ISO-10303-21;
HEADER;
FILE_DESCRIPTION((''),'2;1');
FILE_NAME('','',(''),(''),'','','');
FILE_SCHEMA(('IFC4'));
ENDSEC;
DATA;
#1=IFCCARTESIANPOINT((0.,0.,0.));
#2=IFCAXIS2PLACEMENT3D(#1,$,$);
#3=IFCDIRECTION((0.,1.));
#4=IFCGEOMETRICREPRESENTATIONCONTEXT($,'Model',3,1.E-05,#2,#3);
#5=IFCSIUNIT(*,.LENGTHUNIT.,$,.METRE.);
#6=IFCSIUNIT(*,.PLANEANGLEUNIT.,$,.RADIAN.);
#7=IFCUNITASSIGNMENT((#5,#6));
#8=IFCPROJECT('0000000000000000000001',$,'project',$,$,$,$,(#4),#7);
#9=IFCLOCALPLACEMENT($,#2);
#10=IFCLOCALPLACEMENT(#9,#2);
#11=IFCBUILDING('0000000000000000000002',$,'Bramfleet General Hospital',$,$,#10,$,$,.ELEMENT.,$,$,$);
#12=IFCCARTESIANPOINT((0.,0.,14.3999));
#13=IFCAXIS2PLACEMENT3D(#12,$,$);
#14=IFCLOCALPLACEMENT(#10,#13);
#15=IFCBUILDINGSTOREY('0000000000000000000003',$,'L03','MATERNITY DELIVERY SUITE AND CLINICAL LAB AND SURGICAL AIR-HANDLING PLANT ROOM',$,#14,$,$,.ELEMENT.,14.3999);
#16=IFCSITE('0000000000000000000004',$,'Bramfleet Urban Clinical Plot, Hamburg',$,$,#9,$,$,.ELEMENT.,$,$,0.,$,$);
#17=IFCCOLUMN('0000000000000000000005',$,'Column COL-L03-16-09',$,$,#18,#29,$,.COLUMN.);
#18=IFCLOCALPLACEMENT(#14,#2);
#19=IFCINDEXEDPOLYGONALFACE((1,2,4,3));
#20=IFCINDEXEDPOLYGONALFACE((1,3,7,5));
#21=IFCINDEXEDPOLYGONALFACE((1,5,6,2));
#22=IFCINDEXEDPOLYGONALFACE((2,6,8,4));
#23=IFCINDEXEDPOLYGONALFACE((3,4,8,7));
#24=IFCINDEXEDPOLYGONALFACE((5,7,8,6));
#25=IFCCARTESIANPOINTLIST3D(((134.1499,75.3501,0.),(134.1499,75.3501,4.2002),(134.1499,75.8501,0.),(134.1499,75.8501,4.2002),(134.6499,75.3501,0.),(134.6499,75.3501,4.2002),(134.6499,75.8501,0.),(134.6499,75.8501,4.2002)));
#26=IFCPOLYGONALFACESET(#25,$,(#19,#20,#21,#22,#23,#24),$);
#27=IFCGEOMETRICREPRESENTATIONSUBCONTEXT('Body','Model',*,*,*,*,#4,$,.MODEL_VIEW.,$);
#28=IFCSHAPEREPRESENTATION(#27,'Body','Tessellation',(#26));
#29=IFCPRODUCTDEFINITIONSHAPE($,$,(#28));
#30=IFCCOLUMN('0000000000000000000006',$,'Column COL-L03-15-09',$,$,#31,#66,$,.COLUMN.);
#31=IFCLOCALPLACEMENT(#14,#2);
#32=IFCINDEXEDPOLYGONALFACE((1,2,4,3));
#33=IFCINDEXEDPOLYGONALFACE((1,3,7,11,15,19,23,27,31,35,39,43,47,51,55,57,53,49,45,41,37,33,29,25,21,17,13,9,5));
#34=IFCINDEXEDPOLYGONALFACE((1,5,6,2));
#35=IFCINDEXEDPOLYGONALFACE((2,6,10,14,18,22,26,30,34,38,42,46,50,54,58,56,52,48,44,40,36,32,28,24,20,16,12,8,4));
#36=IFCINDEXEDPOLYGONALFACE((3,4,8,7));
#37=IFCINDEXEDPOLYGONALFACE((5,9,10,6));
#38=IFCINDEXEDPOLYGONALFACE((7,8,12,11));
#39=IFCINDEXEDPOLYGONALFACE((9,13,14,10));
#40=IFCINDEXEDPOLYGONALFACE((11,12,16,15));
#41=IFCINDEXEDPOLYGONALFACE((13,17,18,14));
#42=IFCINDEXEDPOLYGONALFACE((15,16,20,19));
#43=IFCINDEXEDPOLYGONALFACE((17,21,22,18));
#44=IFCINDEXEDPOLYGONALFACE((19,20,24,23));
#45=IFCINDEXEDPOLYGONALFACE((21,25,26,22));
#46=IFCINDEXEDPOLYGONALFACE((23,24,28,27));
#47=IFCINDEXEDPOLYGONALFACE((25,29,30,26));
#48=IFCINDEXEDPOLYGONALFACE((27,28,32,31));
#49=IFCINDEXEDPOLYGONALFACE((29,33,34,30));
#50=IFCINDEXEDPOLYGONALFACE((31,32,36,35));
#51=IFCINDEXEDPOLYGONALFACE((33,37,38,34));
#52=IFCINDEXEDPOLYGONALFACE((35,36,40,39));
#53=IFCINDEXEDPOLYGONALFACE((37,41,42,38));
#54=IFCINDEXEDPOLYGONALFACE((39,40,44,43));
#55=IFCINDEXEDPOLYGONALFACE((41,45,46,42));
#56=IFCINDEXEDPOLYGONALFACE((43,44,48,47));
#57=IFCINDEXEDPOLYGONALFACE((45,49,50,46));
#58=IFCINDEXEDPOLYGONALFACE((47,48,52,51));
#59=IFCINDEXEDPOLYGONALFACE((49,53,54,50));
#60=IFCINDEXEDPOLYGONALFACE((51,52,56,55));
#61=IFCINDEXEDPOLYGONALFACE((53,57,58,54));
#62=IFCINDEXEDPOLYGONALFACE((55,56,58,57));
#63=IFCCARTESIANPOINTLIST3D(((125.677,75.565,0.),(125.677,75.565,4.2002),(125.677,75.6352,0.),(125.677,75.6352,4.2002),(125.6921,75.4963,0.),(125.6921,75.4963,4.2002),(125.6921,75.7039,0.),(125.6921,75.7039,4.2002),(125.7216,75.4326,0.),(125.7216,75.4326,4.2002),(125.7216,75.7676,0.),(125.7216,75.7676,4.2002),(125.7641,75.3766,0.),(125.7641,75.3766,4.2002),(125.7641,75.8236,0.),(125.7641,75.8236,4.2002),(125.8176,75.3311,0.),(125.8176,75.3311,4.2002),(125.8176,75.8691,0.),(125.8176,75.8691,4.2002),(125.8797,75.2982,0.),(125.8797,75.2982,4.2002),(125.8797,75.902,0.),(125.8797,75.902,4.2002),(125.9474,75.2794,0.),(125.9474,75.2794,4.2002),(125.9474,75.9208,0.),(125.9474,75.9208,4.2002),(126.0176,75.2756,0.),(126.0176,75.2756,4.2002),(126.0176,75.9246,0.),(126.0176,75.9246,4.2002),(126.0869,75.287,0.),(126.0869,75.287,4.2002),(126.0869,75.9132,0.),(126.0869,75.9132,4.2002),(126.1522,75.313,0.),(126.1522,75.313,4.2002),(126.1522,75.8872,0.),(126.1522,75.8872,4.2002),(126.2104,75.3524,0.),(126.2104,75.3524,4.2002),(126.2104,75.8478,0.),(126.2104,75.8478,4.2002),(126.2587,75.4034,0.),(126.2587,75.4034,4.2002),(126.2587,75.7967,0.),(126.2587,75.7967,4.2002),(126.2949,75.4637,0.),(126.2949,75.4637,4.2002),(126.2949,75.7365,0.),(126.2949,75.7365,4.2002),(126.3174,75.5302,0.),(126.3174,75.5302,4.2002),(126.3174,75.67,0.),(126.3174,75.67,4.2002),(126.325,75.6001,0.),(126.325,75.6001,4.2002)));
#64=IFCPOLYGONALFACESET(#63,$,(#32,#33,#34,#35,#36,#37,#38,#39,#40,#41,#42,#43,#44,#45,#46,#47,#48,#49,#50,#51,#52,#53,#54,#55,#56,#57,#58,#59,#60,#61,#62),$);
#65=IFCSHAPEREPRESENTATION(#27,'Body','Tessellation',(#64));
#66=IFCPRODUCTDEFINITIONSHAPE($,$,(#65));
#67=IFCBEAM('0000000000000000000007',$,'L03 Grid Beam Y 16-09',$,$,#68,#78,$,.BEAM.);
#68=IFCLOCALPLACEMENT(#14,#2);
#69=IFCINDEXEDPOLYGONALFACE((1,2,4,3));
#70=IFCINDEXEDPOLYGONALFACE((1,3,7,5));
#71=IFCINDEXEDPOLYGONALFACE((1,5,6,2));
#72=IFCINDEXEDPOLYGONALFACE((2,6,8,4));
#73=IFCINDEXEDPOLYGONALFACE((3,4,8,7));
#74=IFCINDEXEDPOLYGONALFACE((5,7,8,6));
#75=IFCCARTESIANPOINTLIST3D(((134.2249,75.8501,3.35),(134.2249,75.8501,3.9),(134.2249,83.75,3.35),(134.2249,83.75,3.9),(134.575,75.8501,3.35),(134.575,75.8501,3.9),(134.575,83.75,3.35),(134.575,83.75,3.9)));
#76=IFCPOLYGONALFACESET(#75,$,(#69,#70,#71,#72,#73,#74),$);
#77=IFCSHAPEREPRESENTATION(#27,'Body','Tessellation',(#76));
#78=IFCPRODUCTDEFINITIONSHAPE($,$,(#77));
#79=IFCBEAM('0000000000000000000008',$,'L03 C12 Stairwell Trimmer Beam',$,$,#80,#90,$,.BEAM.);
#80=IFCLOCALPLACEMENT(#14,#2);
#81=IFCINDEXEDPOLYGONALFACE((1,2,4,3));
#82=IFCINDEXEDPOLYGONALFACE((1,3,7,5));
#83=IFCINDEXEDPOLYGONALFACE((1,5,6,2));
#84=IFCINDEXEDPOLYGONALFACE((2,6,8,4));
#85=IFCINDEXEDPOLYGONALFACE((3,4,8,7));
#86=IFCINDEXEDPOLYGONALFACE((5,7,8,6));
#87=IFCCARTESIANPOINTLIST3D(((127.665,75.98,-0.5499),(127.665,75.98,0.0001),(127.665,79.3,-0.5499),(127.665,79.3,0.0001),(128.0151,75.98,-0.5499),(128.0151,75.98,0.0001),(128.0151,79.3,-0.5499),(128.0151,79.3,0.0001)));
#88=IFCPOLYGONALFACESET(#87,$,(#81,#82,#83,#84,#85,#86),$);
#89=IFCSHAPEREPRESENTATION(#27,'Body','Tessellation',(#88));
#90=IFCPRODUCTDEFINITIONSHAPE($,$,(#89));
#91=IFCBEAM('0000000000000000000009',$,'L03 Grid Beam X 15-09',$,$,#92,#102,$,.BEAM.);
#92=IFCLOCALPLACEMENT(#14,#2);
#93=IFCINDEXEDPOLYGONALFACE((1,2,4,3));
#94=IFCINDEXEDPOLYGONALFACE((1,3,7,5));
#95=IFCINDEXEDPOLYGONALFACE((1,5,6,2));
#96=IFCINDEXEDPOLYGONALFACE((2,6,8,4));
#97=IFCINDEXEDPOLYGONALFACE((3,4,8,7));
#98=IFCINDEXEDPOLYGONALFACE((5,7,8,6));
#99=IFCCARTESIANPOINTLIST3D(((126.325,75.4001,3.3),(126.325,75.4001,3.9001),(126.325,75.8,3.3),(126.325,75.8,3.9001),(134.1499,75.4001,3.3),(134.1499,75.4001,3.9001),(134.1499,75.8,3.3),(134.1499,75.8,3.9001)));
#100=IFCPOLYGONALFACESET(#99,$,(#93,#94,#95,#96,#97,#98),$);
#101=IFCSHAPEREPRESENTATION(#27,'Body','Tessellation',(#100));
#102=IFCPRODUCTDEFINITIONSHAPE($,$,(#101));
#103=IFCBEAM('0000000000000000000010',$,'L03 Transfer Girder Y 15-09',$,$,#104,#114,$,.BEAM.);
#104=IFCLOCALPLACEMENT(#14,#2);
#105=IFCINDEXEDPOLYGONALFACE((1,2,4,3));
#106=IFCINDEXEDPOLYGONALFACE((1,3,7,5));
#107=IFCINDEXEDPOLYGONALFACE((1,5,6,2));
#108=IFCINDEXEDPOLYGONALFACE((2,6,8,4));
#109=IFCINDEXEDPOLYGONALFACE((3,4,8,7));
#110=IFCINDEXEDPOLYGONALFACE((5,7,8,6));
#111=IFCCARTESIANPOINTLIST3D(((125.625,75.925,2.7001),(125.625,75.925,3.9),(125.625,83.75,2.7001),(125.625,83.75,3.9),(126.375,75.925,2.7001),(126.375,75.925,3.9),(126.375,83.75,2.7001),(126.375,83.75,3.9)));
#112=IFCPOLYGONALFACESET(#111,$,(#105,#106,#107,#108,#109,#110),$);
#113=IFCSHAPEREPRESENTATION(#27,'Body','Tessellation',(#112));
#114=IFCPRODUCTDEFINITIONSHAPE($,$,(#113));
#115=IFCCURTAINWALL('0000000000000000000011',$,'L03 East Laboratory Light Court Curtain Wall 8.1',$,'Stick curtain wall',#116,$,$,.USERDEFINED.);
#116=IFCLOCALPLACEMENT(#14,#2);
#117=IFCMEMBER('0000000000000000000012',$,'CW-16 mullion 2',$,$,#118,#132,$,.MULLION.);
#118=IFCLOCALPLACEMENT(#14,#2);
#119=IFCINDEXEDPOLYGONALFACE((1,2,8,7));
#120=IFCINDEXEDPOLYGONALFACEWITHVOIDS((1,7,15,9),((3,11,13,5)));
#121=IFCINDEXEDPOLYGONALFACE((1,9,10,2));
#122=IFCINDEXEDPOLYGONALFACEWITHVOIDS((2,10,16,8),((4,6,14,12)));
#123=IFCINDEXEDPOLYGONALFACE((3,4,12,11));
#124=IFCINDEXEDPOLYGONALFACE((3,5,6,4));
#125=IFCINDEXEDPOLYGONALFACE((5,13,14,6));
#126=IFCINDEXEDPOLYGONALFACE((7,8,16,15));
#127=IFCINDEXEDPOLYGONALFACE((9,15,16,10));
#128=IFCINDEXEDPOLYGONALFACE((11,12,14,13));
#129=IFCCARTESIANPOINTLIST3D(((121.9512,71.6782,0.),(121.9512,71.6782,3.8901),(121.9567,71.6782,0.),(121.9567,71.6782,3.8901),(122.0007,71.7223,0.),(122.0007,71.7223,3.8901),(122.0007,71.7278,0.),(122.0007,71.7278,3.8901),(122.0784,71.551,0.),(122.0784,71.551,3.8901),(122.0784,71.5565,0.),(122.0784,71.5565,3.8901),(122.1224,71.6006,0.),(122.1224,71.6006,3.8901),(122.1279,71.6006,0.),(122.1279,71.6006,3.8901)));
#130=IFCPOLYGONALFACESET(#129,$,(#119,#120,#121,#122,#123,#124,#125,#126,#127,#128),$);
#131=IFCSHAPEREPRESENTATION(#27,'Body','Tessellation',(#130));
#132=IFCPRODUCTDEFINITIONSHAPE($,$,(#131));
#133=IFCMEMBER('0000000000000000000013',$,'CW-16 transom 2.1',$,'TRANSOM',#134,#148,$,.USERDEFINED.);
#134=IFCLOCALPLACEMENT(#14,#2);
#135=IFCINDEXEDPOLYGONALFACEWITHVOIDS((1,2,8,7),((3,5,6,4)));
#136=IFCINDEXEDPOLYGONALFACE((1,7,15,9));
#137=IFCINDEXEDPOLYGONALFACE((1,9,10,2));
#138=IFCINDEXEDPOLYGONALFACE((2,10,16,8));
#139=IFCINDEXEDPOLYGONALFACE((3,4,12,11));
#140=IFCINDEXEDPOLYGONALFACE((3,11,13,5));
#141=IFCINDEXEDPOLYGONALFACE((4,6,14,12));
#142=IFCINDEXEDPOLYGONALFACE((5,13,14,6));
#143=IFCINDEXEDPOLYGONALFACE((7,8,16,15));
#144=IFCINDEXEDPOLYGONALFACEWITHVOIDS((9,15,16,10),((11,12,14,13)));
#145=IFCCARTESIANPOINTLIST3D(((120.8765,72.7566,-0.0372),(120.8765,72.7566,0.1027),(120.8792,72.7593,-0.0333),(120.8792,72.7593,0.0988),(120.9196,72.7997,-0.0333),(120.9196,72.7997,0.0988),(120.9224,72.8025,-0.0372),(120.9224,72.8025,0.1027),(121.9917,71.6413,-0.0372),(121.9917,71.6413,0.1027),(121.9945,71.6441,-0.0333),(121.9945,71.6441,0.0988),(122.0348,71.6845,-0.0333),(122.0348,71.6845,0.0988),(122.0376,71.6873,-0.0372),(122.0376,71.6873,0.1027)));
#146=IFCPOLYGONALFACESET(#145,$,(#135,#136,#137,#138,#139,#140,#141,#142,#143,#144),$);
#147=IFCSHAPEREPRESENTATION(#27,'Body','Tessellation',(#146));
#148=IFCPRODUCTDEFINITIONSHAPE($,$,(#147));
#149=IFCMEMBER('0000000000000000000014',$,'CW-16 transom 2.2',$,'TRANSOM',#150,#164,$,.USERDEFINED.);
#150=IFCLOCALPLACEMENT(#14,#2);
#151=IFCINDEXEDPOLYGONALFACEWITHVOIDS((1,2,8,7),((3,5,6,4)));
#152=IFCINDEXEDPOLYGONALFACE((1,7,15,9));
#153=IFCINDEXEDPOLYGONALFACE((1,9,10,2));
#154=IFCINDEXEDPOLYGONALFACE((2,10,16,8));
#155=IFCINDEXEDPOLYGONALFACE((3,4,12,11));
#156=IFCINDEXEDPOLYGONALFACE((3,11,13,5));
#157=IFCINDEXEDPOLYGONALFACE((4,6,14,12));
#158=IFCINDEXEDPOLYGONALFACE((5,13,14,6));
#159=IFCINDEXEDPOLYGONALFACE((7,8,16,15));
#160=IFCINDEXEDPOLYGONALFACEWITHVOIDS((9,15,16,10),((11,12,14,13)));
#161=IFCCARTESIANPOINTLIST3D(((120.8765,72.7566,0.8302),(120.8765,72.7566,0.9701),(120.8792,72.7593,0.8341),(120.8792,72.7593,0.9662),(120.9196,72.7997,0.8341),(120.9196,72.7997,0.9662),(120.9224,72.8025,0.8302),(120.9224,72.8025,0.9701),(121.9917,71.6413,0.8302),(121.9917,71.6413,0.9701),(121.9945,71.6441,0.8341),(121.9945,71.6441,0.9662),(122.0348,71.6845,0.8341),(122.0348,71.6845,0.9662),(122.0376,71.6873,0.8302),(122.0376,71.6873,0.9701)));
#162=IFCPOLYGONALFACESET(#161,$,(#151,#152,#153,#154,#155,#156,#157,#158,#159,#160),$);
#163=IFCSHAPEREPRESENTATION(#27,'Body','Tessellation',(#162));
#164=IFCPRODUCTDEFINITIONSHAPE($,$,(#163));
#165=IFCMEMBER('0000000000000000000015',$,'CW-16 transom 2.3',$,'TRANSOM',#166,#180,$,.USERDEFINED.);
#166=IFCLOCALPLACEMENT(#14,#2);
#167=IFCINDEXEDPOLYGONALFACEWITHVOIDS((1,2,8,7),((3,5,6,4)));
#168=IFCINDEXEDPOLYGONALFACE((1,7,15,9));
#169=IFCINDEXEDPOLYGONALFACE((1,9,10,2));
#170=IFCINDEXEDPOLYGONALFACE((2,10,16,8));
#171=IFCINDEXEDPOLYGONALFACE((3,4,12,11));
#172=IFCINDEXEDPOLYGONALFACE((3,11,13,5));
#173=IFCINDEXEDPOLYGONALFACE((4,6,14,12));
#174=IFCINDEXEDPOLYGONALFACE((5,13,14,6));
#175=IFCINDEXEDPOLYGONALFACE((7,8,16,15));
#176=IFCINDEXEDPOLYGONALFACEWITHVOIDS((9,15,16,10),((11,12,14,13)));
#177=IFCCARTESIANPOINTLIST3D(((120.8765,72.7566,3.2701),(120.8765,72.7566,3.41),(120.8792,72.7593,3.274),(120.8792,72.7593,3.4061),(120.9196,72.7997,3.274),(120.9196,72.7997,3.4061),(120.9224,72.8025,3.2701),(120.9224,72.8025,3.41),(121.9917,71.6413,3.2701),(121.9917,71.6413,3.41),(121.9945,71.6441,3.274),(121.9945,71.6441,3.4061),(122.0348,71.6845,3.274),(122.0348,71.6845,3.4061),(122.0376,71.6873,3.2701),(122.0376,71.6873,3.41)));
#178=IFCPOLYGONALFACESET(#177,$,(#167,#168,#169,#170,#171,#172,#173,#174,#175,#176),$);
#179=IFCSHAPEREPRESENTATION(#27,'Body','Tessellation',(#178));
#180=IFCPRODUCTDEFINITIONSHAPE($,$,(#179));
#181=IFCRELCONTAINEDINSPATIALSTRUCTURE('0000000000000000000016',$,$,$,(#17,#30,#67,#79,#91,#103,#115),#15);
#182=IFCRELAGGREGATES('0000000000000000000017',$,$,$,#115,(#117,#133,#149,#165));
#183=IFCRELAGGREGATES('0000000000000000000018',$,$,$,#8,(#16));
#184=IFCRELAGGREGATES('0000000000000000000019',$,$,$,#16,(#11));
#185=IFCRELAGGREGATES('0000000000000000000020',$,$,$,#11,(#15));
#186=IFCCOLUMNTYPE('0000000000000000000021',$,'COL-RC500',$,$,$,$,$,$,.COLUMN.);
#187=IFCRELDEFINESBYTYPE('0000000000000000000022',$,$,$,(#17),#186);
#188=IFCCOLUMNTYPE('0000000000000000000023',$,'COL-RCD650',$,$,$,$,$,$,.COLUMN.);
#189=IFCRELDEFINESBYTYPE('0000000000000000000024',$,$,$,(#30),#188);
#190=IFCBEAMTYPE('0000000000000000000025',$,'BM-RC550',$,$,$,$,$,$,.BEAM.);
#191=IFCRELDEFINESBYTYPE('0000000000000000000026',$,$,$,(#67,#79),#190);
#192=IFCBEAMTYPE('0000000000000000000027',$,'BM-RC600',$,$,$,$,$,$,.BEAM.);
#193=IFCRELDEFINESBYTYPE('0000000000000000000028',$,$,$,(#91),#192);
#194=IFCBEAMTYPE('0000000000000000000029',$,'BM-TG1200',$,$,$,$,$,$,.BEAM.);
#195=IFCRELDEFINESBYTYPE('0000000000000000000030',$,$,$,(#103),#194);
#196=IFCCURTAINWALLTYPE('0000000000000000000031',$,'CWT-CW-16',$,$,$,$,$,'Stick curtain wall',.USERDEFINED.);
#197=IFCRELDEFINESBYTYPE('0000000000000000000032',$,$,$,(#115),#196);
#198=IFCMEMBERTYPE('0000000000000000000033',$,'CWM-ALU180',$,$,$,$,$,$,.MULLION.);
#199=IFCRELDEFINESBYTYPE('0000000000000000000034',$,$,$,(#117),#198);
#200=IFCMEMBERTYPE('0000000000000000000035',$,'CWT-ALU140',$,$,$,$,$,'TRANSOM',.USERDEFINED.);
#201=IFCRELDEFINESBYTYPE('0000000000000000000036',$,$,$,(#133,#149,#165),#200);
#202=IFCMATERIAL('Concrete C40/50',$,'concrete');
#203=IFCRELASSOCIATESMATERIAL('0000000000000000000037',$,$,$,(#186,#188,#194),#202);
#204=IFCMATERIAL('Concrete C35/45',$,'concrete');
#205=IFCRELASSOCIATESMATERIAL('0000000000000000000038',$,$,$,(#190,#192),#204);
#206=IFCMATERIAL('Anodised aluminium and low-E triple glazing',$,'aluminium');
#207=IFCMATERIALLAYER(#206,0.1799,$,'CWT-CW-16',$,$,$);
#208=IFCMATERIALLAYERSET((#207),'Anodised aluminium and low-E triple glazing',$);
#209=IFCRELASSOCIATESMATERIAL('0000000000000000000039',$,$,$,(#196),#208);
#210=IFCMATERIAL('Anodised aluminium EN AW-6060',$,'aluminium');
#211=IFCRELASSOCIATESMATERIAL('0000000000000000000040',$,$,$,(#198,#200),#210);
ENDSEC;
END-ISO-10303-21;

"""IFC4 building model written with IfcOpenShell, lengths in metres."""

from ifc_helpers import new_model, si_unit, direction, frame, origin, origin_2d, place, context, subcontext, project, spatial, rectangle, hollow_rectangle, circle, extrude, material, layer, layer_set, material_profile, profile_set, type_object, element, aggregate, save


model = new_model("IFC4")

# Units and contexts
model_context = context("Model", 3, precision=1e-05, world=origin(), true_north=direction((0.0, 1.0)))
body_context = subcontext(model_context, "Body", "Model", "MODEL_VIEW")
ifc_project = project(units=[si_unit("LENGTHUNIT", "METRE"), si_unit("PLANEANGLEUNIT", "RADIAN")], contexts=[model_context])

# Site, building, storey
site_placement = place(None, origin())
site = spatial("IfcSite", under=ifc_project, at=site_placement, Name="Bramfleet Urban Clinical Plot, Hamburg", CompositionType="ELEMENT", RefElevation=0.0)
building_placement = place(site_placement, origin())
building = spatial("IfcBuilding", under=site, at=building_placement, Name="Bramfleet General Hospital", CompositionType="ELEMENT")
storey_placement = place(building_placement, frame((0.0, 0.0, 14.3999)))
storey = spatial("IfcBuildingStorey", under=building, at=storey_placement, Name="L03", Description="MATERNITY DELIVERY SUITE AND CLINICAL LAB AND SURGICAL AIR-HANDLING PLANT ROOM", CompositionType="ELEMENT", Elevation=14.3999)

# Columns
ifc_material_1 = material(Name="Concrete C40/50", Category="concrete")
ifc_material_profile_1 = material_profile(ifc_material_1, rectangle(XDim=0.5, YDim=0.5, at=origin_2d()), Name="RC COL 500x500")
ifc_profile_set_1 = profile_set([ifc_material_profile_1], Name="Concrete C40/50")
column_type_1 = type_object("IfcColumnType", Name="COL-RC500", PredefinedType="COLUMN", material=ifc_profile_set_1)
column_1_placement = place(storey_placement, frame((134.3999, 75.6001, 0.0), z_axis=(0.0, 0.0, 1.0), x_axis=(1.0, 0.0, 0.0)))
element("IfcColumn", 1, at=column_1_placement, inside=storey, type_object=column_type_1, Name="Column COL-L03-16-09", PredefinedType="COLUMN", context=body_context, shape_type="SweptSolid", body=[
    extrude(rectangle(XDim=0.5, YDim=0.5, at=origin_2d()), origin(), (0.0, 0.0, 1.0), 4.2002),
])
ifc_material_profile_2 = material_profile(ifc_material_1, circle(Radius=0.325, at=origin_2d()), Name="RC ROUND D650")
ifc_profile_set_2 = profile_set([ifc_material_profile_2], Name="Concrete C40/50")
column_type_2 = type_object("IfcColumnType", Name="COL-RCD650", PredefinedType="COLUMN", material=ifc_profile_set_2)
column_2_placement = place(storey_placement, frame((126.0, 75.6001, 0.0), z_axis=(0.0, 0.0, 1.0), x_axis=(1.0, 0.0, 0.0)))
element("IfcColumn", 2, at=column_2_placement, inside=storey, type_object=column_type_2, Name="Column COL-L03-15-09", PredefinedType="COLUMN", context=body_context, shape_type="SweptSolid", body=[
    extrude(circle(Radius=0.325, at=origin_2d()), origin(), (0.0, 0.0, 1.0), 4.2002),
])

# Beams
ifc_material_2 = material(Name="Concrete C35/45", Category="concrete")
ifc_material_profile_3 = material_profile(ifc_material_2, rectangle(XDim=0.3501, YDim=0.55, at=origin_2d()), Name="RC BM 550x350")
ifc_profile_set_3 = profile_set([ifc_material_profile_3], Name="Concrete C35/45")
beam_type_1 = type_object("IfcBeamType", Name="BM-RC550", PredefinedType="BEAM", material=ifc_profile_set_3)
beam_1_placement = place(storey_placement, frame((134.3999, 75.8501, 3.625), z_axis=(0.0, 1.0, 0.0), x_axis=(-1.0, 0.0, 0.0)))
element("IfcBeam", 3, at=beam_1_placement, inside=storey, type_object=beam_type_1, Name="L03 Grid Beam Y 16-09", PredefinedType="BEAM", context=body_context, shape_type="SweptSolid", body=[
    extrude(rectangle(XDim=0.3501, YDim=0.55, at=origin_2d()), origin(), (0.0, 0.0, 1.0), 7.8999),
])
beam_2_placement = place(storey_placement, frame((127.8401, 75.98, -0.2749), z_axis=(0.0, 1.0, 0.0), x_axis=(-1.0, 0.0, 0.0)))
element("IfcBeam", 4, at=beam_2_placement, inside=storey, type_object=beam_type_1, Name="L03 C12 Stairwell Trimmer Beam", PredefinedType="BEAM", context=body_context, shape_type="SweptSolid", body=[
    extrude(rectangle(XDim=0.3501, YDim=0.55, at=origin_2d()), origin(), (0.0, 0.0, 1.0), 3.3201),
])
ifc_material_profile_4 = material_profile(ifc_material_2, rectangle(XDim=0.3999, YDim=0.6001, at=origin_2d()), Name="RC BM 600x400")
ifc_profile_set_4 = profile_set([ifc_material_profile_4], Name="Concrete C35/45")
beam_type_2 = type_object("IfcBeamType", Name="BM-RC600", PredefinedType="BEAM", material=ifc_profile_set_4)
beam_3_placement = place(storey_placement, frame((126.325, 75.6001, 3.6001), z_axis=(1.0, 0.0, 0.0), x_axis=(0.0, 1.0, 0.0)))
element("IfcBeam", 5, at=beam_3_placement, inside=storey, type_object=beam_type_2, Name="L03 Grid Beam X 15-09", PredefinedType="BEAM", context=body_context, shape_type="SweptSolid", body=[
    extrude(rectangle(XDim=0.3999, YDim=0.6001, at=origin_2d()), origin(), (0.0, 0.0, 1.0), 7.825),
])
ifc_material_profile_5 = material_profile(ifc_material_1, rectangle(XDim=0.75, YDim=1.2, at=origin_2d()), Name="RC TG 1200x750")
ifc_profile_set_5 = profile_set([ifc_material_profile_5], Name="Concrete C40/50")
beam_type_3 = type_object("IfcBeamType", Name="BM-TG1200", PredefinedType="BEAM", material=ifc_profile_set_5)
beam_4_placement = place(storey_placement, frame((126.0, 75.925, 3.3), z_axis=(0.0, 1.0, 0.0), x_axis=(-1.0, 0.0, 0.0)))
element("IfcBeam", 6, at=beam_4_placement, inside=storey, type_object=beam_type_3, Name="L03 Transfer Girder Y 15-09", PredefinedType="BEAM", context=body_context, shape_type="SweptSolid", body=[
    extrude(rectangle(XDim=0.75, YDim=1.2, at=origin_2d()), origin(), (0.0, 0.0, 1.0), 7.825),
])

# Curtain wall, members
ifc_material_3 = material(Name="Anodised aluminium and low-E triple glazing", Category="aluminium")
ifc_layer_1 = layer(ifc_material_3, 0.1799, Name="CWT-CW-16")
ifc_layer_set_1 = layer_set([ifc_layer_1], Name="Anodised aluminium and low-E triple glazing")
curtain_wall_type = type_object("IfcCurtainWallType", Name="CWT-CW-16", ElementType="Stick curtain wall", PredefinedType="USERDEFINED", material=ifc_layer_set_1)
curtain_wall_placement = place(storey_placement, origin())
curtain_wall = element("IfcCurtainWall", 7, at=curtain_wall_placement, inside=storey, type_object=curtain_wall_type, Name="L03 East Laboratory Light Court Curtain Wall 8.1", ObjectType="Stick curtain wall", PredefinedType="USERDEFINED")
ifc_material_4 = material(Name="Anodised aluminium EN AW-6060", Category="aluminium")
ifc_material_profile_6 = material_profile(ifc_material_4, hollow_rectangle(XDim=0.0701, YDim=0.1799, WallThickness=0.0039, at=origin_2d()), Name="ALU 180x70x4.0")
ifc_profile_set_6 = profile_set([ifc_material_profile_6], Name="Anodised aluminium EN AW-6060")
member_type_1 = type_object("IfcMemberType", Name="CWM-ALU180", PredefinedType="MULLION", material=ifc_profile_set_6)
member_1_placement = place(storey_placement, frame((122.0396, 71.6394, 0.0), z_axis=(0.0, 0.0, 1.0), x_axis=(-0.707107, -0.707107, 0.0)))
member_1 = element("IfcMember", 8, at=member_1_placement, type_object=member_type_1, Name="CW-16 mullion 2", PredefinedType="MULLION", context=body_context, shape_type="SweptSolid", body=[
    extrude(hollow_rectangle(XDim=0.0701, YDim=0.1799, WallThickness=0.0039, at=origin_2d()), origin(), (0.0, 0.0, 1.0), 3.8901),
])
ifc_material_profile_7 = material_profile(ifc_material_4, hollow_rectangle(XDim=0.0649, YDim=0.1399, WallThickness=0.0039, at=origin_2d()), Name="ALU 140x65x4.0")
ifc_profile_set_7 = profile_set([ifc_material_profile_7], Name="Anodised aluminium EN AW-6060")
member_type_2 = type_object("IfcMemberType", Name="CWT-ALU140", ElementType="TRANSOM", PredefinedType="USERDEFINED", material=ifc_profile_set_7)
member_2_placement = place(storey_placement, frame((122.0146, 71.6643, 0.0327), z_axis=(-0.707107, 0.707107, 0.0), x_axis=(-0.707107, -0.707107, 0.0)))
member_2 = element("IfcMember", 9, at=member_2_placement, type_object=member_type_2, Name="CW-16 transom 2.1", ObjectType="TRANSOM", PredefinedType="USERDEFINED", context=body_context, shape_type="SweptSolid", body=[
    extrude(hollow_rectangle(XDim=0.0649, YDim=0.1399, WallThickness=0.0039, at=origin_2d()), origin(), (0.0, 0.0, 1.0), 1.5771),
])
member_3_placement = place(storey_placement, frame((122.0146, 71.6643, 0.9001), z_axis=(-0.707107, 0.707107, 0.0), x_axis=(-0.707107, -0.707107, 0.0)))
member_3 = element("IfcMember", 10, at=member_3_placement, type_object=member_type_2, Name="CW-16 transom 2.2", ObjectType="TRANSOM", PredefinedType="USERDEFINED", context=body_context, shape_type="SweptSolid", body=[
    extrude(hollow_rectangle(XDim=0.0649, YDim=0.1399, WallThickness=0.0039, at=origin_2d()), origin(), (0.0, 0.0, 1.0), 1.5771),
])
member_4_placement = place(storey_placement, frame((122.0146, 71.6643, 3.3401), z_axis=(-0.707107, 0.707107, 0.0), x_axis=(-0.707107, -0.707107, 0.0)))
member_4 = element("IfcMember", 11, at=member_4_placement, type_object=member_type_2, Name="CW-16 transom 2.3", ObjectType="TRANSOM", PredefinedType="USERDEFINED", context=body_context, shape_type="SweptSolid", body=[
    extrude(hollow_rectangle(XDim=0.0649, YDim=0.1399, WallThickness=0.0039, at=origin_2d()), origin(), (0.0, 0.0, 1.0), 1.5771),
])
aggregate(curtain_wall, [member_1, member_2, member_3, member_4])

save(model, "model.ifc")
